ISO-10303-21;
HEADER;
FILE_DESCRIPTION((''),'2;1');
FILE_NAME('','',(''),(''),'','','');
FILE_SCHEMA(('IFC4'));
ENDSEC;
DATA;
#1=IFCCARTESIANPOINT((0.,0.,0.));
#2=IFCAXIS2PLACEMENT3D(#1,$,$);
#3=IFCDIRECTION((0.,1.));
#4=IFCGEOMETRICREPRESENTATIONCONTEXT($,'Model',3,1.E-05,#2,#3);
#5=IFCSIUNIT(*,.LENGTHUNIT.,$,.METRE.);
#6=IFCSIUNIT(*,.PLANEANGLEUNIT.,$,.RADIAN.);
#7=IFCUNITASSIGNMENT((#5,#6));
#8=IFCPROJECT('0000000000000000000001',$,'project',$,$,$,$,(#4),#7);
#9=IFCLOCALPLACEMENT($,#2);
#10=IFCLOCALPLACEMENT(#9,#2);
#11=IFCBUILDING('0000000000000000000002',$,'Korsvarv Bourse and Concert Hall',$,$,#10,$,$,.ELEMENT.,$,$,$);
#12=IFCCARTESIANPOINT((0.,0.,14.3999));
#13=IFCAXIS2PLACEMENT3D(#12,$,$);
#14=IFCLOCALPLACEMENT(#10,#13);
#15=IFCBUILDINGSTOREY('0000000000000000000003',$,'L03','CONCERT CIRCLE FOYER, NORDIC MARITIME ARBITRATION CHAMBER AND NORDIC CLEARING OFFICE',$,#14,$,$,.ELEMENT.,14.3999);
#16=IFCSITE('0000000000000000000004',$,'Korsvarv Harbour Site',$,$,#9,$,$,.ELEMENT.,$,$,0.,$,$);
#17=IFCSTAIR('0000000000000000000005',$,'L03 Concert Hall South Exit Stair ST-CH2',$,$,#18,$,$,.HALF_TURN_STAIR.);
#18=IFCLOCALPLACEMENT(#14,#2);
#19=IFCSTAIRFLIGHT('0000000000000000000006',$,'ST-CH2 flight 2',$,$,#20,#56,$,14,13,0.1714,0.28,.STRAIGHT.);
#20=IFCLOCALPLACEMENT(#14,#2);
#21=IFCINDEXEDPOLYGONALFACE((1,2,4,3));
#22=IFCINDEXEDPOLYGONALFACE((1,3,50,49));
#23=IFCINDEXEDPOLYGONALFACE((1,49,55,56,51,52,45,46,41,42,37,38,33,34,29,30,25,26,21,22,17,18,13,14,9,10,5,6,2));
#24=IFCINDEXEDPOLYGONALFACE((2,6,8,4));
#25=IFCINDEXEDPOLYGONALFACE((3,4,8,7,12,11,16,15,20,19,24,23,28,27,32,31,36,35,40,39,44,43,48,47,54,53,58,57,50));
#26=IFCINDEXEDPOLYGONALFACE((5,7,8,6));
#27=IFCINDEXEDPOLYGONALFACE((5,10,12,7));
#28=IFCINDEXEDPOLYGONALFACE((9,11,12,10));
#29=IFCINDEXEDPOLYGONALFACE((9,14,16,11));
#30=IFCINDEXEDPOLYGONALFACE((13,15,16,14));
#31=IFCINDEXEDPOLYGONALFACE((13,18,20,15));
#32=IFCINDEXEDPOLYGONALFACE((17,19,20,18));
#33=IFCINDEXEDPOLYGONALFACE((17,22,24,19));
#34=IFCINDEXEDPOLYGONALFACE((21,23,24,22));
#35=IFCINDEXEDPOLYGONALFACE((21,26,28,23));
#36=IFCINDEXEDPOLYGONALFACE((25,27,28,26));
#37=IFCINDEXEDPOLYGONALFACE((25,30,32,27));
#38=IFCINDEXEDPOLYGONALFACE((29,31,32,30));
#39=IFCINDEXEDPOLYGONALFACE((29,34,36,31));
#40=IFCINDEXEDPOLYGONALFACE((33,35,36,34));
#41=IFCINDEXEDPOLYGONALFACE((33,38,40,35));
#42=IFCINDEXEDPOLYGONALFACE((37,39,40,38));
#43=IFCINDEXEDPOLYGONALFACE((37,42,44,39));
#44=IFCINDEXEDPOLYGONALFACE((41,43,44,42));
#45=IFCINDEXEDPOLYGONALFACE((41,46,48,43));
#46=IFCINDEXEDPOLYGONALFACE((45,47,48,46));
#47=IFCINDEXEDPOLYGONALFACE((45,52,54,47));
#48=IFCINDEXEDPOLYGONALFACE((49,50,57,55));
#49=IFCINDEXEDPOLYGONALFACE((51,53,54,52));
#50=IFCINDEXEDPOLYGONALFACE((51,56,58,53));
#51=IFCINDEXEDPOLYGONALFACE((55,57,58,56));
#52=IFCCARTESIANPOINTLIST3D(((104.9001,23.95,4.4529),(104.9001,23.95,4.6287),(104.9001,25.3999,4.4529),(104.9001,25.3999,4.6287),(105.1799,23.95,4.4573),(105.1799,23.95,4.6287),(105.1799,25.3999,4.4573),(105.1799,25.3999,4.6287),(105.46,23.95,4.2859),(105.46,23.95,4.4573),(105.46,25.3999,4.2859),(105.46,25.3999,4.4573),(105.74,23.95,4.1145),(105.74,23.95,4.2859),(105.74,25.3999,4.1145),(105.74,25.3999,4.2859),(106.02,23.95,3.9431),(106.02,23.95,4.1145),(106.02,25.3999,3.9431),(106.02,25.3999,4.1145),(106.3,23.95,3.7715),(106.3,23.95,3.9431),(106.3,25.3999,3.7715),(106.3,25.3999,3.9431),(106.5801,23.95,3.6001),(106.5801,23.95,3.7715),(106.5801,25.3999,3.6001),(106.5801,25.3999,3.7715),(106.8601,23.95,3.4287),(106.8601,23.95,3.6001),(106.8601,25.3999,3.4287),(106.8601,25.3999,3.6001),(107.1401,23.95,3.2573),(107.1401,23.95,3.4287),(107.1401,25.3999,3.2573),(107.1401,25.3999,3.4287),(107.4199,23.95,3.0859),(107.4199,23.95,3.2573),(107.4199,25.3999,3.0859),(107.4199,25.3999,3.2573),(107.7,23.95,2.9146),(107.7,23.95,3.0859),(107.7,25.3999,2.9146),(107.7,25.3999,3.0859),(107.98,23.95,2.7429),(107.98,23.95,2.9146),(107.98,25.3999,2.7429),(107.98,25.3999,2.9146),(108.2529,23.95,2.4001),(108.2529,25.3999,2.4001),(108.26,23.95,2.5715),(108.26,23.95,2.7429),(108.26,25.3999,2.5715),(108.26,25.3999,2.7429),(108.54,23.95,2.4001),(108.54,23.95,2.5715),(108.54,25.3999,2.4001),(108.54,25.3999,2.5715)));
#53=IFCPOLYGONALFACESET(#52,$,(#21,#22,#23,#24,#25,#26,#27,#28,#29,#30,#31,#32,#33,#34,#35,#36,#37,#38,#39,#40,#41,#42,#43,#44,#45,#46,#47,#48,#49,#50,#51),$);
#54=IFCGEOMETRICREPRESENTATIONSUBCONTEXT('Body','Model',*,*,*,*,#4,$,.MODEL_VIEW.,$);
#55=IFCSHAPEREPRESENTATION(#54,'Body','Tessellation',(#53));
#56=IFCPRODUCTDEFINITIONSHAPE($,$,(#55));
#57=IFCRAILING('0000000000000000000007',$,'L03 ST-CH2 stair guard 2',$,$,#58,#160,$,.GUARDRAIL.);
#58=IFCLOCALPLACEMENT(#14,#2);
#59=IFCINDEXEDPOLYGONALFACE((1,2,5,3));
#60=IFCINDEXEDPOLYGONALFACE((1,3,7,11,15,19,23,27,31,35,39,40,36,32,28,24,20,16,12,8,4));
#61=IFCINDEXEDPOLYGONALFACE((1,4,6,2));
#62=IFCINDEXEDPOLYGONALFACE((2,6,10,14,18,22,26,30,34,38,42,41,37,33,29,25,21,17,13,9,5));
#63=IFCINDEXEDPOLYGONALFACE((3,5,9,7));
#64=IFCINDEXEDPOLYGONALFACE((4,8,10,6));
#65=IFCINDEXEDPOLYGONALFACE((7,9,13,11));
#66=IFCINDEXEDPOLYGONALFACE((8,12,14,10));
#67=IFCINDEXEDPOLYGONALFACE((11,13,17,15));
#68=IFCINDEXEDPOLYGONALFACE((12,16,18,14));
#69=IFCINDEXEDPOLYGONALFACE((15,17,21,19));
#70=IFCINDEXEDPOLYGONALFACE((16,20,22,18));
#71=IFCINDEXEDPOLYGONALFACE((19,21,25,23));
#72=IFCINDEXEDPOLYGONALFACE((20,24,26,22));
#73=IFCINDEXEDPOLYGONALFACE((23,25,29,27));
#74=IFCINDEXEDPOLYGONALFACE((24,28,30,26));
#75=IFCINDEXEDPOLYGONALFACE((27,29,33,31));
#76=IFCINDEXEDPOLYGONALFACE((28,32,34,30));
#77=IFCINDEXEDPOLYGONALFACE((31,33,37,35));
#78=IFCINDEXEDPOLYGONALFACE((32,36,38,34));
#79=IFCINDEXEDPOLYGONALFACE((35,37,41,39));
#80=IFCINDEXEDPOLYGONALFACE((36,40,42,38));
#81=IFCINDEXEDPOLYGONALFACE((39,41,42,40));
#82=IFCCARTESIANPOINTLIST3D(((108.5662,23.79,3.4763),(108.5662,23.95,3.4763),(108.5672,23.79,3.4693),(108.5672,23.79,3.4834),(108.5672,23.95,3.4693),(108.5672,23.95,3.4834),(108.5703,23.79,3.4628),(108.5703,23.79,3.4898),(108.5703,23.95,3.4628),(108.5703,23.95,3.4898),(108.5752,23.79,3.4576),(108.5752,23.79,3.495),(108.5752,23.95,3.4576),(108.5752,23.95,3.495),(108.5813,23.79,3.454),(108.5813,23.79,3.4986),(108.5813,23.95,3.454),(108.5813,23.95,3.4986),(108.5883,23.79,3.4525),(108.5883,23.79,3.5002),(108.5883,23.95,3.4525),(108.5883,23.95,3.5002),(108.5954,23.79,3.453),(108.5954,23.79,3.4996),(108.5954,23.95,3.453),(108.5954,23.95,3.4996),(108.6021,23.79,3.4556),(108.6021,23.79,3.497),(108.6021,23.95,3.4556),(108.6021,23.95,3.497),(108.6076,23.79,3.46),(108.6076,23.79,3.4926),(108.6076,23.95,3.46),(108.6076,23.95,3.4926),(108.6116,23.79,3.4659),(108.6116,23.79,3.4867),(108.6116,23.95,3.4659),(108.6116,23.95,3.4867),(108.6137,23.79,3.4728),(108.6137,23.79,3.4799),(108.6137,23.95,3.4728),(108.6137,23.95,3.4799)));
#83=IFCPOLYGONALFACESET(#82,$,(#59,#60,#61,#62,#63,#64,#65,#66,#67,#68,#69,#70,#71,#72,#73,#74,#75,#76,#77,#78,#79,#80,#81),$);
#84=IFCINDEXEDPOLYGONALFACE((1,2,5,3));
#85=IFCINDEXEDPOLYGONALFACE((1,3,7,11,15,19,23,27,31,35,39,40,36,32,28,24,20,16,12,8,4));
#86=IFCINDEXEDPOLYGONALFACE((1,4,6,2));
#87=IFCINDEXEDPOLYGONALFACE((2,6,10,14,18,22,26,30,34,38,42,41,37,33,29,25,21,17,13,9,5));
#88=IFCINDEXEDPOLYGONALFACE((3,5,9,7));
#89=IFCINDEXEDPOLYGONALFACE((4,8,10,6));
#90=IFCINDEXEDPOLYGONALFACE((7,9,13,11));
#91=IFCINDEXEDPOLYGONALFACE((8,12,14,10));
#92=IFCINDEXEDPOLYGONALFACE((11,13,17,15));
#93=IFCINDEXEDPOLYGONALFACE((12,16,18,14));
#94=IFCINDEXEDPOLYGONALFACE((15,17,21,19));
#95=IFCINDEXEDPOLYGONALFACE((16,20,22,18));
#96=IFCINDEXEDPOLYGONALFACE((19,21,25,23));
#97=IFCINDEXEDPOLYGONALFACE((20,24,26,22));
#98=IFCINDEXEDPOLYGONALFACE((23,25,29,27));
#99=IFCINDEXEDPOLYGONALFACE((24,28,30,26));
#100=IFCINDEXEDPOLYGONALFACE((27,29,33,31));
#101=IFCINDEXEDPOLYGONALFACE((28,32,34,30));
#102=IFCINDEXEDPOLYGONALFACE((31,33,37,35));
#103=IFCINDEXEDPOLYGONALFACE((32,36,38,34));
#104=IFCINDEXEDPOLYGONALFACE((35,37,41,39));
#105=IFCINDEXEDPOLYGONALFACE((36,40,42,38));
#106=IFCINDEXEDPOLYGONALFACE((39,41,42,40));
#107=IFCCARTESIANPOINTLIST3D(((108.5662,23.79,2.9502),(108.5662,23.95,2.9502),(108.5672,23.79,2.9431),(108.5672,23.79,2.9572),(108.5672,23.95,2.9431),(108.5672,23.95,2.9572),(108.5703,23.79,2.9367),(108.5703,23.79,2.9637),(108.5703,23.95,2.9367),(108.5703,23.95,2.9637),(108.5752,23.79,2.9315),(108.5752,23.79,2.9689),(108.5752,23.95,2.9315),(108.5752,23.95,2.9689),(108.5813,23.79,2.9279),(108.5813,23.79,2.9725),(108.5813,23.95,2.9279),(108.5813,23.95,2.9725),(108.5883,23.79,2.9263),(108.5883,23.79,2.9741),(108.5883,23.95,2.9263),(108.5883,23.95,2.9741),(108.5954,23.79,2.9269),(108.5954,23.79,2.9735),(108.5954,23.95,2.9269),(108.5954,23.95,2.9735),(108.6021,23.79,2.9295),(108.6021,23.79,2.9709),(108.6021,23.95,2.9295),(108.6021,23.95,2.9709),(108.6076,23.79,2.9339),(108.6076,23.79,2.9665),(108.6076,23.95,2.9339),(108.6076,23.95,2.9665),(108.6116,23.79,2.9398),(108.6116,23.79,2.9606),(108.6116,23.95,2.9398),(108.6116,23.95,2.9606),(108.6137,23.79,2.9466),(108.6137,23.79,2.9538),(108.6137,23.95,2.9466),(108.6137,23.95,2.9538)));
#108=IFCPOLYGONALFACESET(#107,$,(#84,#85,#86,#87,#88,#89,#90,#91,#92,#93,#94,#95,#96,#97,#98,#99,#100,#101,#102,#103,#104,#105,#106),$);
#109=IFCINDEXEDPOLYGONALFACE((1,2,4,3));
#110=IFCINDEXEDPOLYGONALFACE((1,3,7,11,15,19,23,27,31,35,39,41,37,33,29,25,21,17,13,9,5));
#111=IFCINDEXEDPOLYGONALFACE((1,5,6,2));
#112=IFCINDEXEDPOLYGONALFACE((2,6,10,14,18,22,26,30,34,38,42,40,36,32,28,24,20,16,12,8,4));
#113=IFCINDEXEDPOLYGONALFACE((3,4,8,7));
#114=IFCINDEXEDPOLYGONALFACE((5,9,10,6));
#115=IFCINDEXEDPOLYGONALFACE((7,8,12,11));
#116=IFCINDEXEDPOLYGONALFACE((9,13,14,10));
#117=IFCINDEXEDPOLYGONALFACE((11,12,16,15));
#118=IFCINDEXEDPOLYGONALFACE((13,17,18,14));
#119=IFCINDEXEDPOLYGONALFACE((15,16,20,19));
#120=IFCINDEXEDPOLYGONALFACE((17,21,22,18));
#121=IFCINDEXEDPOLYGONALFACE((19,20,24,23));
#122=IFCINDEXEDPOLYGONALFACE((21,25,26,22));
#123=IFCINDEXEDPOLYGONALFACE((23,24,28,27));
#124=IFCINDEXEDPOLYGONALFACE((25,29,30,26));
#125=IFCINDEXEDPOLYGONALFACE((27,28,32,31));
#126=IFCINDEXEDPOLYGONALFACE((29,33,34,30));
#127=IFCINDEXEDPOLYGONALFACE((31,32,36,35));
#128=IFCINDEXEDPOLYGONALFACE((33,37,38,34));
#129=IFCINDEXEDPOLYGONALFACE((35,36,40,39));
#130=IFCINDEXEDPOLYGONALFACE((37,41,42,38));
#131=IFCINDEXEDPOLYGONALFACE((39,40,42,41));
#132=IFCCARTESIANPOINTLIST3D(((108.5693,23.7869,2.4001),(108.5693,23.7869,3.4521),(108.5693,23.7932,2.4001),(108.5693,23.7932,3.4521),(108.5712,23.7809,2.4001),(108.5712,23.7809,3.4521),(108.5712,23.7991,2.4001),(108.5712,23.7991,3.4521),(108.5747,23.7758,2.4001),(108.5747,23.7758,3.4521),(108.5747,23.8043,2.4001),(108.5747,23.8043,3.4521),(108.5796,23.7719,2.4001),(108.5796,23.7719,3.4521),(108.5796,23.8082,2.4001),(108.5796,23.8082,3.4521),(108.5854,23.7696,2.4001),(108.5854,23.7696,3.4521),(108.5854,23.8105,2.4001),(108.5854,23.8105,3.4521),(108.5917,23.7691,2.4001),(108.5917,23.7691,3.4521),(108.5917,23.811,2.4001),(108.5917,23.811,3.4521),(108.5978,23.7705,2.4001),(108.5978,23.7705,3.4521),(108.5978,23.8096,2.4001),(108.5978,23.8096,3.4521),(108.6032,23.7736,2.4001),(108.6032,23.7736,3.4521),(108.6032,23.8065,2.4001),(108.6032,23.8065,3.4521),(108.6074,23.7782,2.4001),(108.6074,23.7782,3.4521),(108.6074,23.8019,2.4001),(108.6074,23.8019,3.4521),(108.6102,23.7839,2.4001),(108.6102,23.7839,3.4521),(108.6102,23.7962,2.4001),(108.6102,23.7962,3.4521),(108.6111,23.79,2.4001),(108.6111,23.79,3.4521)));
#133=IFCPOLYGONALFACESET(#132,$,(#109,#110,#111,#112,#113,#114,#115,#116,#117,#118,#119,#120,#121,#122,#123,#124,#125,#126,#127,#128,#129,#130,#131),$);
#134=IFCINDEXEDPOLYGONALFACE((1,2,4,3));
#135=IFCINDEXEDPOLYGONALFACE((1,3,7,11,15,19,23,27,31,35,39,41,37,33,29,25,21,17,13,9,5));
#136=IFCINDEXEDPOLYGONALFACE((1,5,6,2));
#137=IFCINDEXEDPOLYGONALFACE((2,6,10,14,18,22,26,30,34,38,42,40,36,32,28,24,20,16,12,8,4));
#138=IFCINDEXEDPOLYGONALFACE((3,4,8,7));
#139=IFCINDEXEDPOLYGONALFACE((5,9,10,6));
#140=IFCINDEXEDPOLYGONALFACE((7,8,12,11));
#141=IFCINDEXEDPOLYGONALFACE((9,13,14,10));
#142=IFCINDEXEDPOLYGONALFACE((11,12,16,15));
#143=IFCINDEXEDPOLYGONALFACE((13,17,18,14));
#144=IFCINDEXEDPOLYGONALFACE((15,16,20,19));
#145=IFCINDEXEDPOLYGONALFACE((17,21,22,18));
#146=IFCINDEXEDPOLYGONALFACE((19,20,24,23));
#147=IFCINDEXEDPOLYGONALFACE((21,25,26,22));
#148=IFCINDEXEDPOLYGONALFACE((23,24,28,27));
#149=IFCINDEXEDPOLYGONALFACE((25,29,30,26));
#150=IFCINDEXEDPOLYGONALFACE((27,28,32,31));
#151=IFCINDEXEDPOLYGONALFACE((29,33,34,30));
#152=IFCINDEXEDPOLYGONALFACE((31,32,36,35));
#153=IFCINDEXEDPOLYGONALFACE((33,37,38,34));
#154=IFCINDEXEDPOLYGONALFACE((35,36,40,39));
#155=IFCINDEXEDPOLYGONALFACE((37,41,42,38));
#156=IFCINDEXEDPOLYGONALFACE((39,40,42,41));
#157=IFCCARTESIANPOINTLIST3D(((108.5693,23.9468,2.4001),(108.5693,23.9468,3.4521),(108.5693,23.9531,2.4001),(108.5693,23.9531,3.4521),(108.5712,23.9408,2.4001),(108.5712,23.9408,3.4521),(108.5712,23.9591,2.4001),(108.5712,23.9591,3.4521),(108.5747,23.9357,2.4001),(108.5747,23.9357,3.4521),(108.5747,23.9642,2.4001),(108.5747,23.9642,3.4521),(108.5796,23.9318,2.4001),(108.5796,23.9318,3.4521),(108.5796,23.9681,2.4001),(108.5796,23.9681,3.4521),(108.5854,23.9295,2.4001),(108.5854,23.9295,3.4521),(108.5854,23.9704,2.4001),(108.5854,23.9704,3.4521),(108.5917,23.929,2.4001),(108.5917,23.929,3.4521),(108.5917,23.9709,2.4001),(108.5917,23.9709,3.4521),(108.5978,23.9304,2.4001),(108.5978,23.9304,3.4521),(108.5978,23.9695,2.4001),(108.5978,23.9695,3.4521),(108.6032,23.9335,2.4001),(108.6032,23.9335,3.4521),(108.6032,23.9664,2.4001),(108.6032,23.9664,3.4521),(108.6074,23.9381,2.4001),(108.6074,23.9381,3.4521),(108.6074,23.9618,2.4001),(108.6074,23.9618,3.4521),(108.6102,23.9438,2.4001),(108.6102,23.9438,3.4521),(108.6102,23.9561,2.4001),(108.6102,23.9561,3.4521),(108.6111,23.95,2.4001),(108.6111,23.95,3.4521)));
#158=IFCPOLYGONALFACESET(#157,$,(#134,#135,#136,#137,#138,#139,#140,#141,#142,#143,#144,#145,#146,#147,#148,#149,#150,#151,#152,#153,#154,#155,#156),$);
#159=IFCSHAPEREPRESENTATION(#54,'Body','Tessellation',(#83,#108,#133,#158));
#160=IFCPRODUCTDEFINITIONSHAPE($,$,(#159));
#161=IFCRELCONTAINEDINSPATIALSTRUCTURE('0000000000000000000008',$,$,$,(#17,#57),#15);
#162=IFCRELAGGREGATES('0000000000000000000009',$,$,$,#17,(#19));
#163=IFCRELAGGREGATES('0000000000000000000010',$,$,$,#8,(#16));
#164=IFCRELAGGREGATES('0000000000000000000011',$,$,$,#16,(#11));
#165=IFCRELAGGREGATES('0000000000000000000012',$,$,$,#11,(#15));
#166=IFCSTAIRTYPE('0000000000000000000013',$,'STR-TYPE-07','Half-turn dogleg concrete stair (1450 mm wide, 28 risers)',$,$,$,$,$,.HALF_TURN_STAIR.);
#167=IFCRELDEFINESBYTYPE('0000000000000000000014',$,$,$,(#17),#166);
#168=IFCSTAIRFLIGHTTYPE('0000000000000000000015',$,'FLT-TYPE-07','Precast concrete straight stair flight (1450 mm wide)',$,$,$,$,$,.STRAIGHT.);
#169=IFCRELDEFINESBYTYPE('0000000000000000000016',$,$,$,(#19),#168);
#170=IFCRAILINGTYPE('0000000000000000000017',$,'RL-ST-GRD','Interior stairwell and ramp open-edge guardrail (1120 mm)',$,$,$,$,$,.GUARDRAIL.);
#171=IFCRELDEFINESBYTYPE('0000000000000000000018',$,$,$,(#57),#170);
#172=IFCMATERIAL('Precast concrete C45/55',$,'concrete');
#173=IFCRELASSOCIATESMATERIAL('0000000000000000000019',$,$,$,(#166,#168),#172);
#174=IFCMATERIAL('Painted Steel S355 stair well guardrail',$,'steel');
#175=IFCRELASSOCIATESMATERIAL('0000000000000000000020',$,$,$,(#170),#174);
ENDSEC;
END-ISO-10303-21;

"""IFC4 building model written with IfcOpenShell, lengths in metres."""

from ifc_helpers import new_model, si_unit, direction, frame, origin, origin_2d, place, context, subcontext, project, spatial, polyline, circle, outline, extrude, material, type_object, element, aggregate, save


model = new_model("IFC4")

# Units and contexts
model_context = context("Model", 3, precision=1e-05, world=origin(), true_north=direction((0.0, 1.0)))
body_context = subcontext(model_context, "Body", "Model", "MODEL_VIEW")
ifc_project = project(units=[si_unit("LENGTHUNIT", "METRE"), si_unit("PLANEANGLEUNIT", "RADIAN")], contexts=[model_context])

# Site, building, storey
site_placement = place(None, origin())
site = spatial("IfcSite", under=ifc_project, at=site_placement, Name="Korsvarv Harbour Site", CompositionType="ELEMENT", RefElevation=0.0)
building_placement = place(site_placement, origin())
building = spatial("IfcBuilding", under=site, at=building_placement, Name="Korsvarv Bourse and Concert Hall", CompositionType="ELEMENT")
storey_placement = place(building_placement, frame((0.0, 0.0, 14.3999)))
storey = spatial("IfcBuildingStorey", under=building, at=storey_placement, Name="L03", Description="CONCERT CIRCLE FOYER, NORDIC MARITIME ARBITRATION CHAMBER AND NORDIC CLEARING OFFICE", CompositionType="ELEMENT", Elevation=14.3999)

# Stair, stair flight
ifc_material_1 = material(Name="Precast concrete C45/55", Category="concrete")
stair_type = type_object("IfcStairType", Name="STR-TYPE-07", Description="Half-turn dogleg concrete stair (1450 mm wide, 28 risers)", PredefinedType="HALF_TURN_STAIR", material=ifc_material_1)
stair_placement = place(storey_placement, origin())
stair = element("IfcStair", 1, at=stair_placement, inside=storey, type_object=stair_type, Name="L03 Concert Hall South Exit Stair ST-CH2", PredefinedType="HALF_TURN_STAIR")
stair_flight_type = type_object("IfcStairFlightType", Name="FLT-TYPE-07", Description="Precast concrete straight stair flight (1450 mm wide)", PredefinedType="STRAIGHT", material=ifc_material_1)
stair_flight_placement = place(storey_placement, frame((108.54, 24.675, 2.4001), z_axis=(0.0, 0.0, 1.0), x_axis=(-1.0, 0.0, 0.0)))
stair_flight = element("IfcStairFlight", 2, at=stair_flight_placement, type_object=stair_flight_type, Name="ST-CH2 flight 2", NumberOfRisers=14, NumberOfTreads=13, PredefinedType="STRAIGHT", RiserHeight=0.1714, TreadLength=0.28, context=body_context, shape_type="SweptSolid", body=[
    extrude(outline(polyline([(0.0, 0.0), (0.0, 0.1714), (0.28, 0.1714), (0.28, 0.3428), (0.5601, 0.3428), (0.5601, 0.5144), (0.8401, 0.5144), (0.8401, 0.6858), (1.1201, 0.6858), (1.1201, 0.8572), (1.3999, 0.8572), (1.3999, 1.0286), (1.6799, 1.0286), (1.6799, 1.2), (1.96, 1.2), (1.96, 1.3713), (2.24, 1.3713), (2.24, 1.543), (2.52, 1.543), (2.52, 1.7144), (2.8, 1.7144), (2.8, 1.8857), (3.0801, 1.8857), (3.0801, 2.0571), (3.3601, 2.0571), (3.3601, 2.2285), (3.6399, 2.2285), (3.6399, 2.3999), (3.6399, 2.0527), (0.2871, 0.0), (0.0, 0.0)])), frame((0.0, 0.7251, 0.0), z_axis=(0.0, -1.0, 0.0), x_axis=(1.0, 0.0, 0.0)), (0.0, 0.0, 1.0), 1.45),
])
aggregate(stair, [stair_flight])

# Railing
ifc_material_2 = material(Name="Painted Steel S355 stair well guardrail", Category="steel")
railing_type_1 = type_object("IfcRailingType", Name="RL-ST-GRD", Description="Interior stairwell and ramp open-edge guardrail (1120 mm)", PredefinedType="GUARDRAIL", material=ifc_material_2)
railing_1_placement = place(storey_placement, frame((108.5901, 23.79, 2.4001)))
element("IfcRailing", 3, at=railing_1_placement, inside=storey, type_object=railing_type_1, Name="L03 ST-CH2 stair guard 2", PredefinedType="GUARDRAIL", context=body_context, shape_type="SweptSolid", body=[
    extrude(circle(Radius=0.0239, at=origin_2d()), frame((0.0, 0.0, 1.0762), z_axis=(0.0, 1.0, 0.0), x_axis=(-1.0, 0.0, 0.0)), (0.0, 0.0, 1.0), 0.1599),
    extrude(circle(Radius=0.0239, at=origin_2d()), frame((0.0, 0.0, 0.55), z_axis=(0.0, 1.0, 0.0), x_axis=(-1.0, 0.0, 0.0)), (0.0, 0.0, 1.0), 0.1599),
    extrude(circle(Radius=0.021, at=origin_2d()), origin(), (0.0, 0.0, 1.0), 1.052),
    extrude(circle(Radius=0.021, at=origin_2d()), frame((0.0, 0.1599, 0.0)), (0.0, 0.0, 1.0), 1.052),
])

save(model, "model.ifc")
